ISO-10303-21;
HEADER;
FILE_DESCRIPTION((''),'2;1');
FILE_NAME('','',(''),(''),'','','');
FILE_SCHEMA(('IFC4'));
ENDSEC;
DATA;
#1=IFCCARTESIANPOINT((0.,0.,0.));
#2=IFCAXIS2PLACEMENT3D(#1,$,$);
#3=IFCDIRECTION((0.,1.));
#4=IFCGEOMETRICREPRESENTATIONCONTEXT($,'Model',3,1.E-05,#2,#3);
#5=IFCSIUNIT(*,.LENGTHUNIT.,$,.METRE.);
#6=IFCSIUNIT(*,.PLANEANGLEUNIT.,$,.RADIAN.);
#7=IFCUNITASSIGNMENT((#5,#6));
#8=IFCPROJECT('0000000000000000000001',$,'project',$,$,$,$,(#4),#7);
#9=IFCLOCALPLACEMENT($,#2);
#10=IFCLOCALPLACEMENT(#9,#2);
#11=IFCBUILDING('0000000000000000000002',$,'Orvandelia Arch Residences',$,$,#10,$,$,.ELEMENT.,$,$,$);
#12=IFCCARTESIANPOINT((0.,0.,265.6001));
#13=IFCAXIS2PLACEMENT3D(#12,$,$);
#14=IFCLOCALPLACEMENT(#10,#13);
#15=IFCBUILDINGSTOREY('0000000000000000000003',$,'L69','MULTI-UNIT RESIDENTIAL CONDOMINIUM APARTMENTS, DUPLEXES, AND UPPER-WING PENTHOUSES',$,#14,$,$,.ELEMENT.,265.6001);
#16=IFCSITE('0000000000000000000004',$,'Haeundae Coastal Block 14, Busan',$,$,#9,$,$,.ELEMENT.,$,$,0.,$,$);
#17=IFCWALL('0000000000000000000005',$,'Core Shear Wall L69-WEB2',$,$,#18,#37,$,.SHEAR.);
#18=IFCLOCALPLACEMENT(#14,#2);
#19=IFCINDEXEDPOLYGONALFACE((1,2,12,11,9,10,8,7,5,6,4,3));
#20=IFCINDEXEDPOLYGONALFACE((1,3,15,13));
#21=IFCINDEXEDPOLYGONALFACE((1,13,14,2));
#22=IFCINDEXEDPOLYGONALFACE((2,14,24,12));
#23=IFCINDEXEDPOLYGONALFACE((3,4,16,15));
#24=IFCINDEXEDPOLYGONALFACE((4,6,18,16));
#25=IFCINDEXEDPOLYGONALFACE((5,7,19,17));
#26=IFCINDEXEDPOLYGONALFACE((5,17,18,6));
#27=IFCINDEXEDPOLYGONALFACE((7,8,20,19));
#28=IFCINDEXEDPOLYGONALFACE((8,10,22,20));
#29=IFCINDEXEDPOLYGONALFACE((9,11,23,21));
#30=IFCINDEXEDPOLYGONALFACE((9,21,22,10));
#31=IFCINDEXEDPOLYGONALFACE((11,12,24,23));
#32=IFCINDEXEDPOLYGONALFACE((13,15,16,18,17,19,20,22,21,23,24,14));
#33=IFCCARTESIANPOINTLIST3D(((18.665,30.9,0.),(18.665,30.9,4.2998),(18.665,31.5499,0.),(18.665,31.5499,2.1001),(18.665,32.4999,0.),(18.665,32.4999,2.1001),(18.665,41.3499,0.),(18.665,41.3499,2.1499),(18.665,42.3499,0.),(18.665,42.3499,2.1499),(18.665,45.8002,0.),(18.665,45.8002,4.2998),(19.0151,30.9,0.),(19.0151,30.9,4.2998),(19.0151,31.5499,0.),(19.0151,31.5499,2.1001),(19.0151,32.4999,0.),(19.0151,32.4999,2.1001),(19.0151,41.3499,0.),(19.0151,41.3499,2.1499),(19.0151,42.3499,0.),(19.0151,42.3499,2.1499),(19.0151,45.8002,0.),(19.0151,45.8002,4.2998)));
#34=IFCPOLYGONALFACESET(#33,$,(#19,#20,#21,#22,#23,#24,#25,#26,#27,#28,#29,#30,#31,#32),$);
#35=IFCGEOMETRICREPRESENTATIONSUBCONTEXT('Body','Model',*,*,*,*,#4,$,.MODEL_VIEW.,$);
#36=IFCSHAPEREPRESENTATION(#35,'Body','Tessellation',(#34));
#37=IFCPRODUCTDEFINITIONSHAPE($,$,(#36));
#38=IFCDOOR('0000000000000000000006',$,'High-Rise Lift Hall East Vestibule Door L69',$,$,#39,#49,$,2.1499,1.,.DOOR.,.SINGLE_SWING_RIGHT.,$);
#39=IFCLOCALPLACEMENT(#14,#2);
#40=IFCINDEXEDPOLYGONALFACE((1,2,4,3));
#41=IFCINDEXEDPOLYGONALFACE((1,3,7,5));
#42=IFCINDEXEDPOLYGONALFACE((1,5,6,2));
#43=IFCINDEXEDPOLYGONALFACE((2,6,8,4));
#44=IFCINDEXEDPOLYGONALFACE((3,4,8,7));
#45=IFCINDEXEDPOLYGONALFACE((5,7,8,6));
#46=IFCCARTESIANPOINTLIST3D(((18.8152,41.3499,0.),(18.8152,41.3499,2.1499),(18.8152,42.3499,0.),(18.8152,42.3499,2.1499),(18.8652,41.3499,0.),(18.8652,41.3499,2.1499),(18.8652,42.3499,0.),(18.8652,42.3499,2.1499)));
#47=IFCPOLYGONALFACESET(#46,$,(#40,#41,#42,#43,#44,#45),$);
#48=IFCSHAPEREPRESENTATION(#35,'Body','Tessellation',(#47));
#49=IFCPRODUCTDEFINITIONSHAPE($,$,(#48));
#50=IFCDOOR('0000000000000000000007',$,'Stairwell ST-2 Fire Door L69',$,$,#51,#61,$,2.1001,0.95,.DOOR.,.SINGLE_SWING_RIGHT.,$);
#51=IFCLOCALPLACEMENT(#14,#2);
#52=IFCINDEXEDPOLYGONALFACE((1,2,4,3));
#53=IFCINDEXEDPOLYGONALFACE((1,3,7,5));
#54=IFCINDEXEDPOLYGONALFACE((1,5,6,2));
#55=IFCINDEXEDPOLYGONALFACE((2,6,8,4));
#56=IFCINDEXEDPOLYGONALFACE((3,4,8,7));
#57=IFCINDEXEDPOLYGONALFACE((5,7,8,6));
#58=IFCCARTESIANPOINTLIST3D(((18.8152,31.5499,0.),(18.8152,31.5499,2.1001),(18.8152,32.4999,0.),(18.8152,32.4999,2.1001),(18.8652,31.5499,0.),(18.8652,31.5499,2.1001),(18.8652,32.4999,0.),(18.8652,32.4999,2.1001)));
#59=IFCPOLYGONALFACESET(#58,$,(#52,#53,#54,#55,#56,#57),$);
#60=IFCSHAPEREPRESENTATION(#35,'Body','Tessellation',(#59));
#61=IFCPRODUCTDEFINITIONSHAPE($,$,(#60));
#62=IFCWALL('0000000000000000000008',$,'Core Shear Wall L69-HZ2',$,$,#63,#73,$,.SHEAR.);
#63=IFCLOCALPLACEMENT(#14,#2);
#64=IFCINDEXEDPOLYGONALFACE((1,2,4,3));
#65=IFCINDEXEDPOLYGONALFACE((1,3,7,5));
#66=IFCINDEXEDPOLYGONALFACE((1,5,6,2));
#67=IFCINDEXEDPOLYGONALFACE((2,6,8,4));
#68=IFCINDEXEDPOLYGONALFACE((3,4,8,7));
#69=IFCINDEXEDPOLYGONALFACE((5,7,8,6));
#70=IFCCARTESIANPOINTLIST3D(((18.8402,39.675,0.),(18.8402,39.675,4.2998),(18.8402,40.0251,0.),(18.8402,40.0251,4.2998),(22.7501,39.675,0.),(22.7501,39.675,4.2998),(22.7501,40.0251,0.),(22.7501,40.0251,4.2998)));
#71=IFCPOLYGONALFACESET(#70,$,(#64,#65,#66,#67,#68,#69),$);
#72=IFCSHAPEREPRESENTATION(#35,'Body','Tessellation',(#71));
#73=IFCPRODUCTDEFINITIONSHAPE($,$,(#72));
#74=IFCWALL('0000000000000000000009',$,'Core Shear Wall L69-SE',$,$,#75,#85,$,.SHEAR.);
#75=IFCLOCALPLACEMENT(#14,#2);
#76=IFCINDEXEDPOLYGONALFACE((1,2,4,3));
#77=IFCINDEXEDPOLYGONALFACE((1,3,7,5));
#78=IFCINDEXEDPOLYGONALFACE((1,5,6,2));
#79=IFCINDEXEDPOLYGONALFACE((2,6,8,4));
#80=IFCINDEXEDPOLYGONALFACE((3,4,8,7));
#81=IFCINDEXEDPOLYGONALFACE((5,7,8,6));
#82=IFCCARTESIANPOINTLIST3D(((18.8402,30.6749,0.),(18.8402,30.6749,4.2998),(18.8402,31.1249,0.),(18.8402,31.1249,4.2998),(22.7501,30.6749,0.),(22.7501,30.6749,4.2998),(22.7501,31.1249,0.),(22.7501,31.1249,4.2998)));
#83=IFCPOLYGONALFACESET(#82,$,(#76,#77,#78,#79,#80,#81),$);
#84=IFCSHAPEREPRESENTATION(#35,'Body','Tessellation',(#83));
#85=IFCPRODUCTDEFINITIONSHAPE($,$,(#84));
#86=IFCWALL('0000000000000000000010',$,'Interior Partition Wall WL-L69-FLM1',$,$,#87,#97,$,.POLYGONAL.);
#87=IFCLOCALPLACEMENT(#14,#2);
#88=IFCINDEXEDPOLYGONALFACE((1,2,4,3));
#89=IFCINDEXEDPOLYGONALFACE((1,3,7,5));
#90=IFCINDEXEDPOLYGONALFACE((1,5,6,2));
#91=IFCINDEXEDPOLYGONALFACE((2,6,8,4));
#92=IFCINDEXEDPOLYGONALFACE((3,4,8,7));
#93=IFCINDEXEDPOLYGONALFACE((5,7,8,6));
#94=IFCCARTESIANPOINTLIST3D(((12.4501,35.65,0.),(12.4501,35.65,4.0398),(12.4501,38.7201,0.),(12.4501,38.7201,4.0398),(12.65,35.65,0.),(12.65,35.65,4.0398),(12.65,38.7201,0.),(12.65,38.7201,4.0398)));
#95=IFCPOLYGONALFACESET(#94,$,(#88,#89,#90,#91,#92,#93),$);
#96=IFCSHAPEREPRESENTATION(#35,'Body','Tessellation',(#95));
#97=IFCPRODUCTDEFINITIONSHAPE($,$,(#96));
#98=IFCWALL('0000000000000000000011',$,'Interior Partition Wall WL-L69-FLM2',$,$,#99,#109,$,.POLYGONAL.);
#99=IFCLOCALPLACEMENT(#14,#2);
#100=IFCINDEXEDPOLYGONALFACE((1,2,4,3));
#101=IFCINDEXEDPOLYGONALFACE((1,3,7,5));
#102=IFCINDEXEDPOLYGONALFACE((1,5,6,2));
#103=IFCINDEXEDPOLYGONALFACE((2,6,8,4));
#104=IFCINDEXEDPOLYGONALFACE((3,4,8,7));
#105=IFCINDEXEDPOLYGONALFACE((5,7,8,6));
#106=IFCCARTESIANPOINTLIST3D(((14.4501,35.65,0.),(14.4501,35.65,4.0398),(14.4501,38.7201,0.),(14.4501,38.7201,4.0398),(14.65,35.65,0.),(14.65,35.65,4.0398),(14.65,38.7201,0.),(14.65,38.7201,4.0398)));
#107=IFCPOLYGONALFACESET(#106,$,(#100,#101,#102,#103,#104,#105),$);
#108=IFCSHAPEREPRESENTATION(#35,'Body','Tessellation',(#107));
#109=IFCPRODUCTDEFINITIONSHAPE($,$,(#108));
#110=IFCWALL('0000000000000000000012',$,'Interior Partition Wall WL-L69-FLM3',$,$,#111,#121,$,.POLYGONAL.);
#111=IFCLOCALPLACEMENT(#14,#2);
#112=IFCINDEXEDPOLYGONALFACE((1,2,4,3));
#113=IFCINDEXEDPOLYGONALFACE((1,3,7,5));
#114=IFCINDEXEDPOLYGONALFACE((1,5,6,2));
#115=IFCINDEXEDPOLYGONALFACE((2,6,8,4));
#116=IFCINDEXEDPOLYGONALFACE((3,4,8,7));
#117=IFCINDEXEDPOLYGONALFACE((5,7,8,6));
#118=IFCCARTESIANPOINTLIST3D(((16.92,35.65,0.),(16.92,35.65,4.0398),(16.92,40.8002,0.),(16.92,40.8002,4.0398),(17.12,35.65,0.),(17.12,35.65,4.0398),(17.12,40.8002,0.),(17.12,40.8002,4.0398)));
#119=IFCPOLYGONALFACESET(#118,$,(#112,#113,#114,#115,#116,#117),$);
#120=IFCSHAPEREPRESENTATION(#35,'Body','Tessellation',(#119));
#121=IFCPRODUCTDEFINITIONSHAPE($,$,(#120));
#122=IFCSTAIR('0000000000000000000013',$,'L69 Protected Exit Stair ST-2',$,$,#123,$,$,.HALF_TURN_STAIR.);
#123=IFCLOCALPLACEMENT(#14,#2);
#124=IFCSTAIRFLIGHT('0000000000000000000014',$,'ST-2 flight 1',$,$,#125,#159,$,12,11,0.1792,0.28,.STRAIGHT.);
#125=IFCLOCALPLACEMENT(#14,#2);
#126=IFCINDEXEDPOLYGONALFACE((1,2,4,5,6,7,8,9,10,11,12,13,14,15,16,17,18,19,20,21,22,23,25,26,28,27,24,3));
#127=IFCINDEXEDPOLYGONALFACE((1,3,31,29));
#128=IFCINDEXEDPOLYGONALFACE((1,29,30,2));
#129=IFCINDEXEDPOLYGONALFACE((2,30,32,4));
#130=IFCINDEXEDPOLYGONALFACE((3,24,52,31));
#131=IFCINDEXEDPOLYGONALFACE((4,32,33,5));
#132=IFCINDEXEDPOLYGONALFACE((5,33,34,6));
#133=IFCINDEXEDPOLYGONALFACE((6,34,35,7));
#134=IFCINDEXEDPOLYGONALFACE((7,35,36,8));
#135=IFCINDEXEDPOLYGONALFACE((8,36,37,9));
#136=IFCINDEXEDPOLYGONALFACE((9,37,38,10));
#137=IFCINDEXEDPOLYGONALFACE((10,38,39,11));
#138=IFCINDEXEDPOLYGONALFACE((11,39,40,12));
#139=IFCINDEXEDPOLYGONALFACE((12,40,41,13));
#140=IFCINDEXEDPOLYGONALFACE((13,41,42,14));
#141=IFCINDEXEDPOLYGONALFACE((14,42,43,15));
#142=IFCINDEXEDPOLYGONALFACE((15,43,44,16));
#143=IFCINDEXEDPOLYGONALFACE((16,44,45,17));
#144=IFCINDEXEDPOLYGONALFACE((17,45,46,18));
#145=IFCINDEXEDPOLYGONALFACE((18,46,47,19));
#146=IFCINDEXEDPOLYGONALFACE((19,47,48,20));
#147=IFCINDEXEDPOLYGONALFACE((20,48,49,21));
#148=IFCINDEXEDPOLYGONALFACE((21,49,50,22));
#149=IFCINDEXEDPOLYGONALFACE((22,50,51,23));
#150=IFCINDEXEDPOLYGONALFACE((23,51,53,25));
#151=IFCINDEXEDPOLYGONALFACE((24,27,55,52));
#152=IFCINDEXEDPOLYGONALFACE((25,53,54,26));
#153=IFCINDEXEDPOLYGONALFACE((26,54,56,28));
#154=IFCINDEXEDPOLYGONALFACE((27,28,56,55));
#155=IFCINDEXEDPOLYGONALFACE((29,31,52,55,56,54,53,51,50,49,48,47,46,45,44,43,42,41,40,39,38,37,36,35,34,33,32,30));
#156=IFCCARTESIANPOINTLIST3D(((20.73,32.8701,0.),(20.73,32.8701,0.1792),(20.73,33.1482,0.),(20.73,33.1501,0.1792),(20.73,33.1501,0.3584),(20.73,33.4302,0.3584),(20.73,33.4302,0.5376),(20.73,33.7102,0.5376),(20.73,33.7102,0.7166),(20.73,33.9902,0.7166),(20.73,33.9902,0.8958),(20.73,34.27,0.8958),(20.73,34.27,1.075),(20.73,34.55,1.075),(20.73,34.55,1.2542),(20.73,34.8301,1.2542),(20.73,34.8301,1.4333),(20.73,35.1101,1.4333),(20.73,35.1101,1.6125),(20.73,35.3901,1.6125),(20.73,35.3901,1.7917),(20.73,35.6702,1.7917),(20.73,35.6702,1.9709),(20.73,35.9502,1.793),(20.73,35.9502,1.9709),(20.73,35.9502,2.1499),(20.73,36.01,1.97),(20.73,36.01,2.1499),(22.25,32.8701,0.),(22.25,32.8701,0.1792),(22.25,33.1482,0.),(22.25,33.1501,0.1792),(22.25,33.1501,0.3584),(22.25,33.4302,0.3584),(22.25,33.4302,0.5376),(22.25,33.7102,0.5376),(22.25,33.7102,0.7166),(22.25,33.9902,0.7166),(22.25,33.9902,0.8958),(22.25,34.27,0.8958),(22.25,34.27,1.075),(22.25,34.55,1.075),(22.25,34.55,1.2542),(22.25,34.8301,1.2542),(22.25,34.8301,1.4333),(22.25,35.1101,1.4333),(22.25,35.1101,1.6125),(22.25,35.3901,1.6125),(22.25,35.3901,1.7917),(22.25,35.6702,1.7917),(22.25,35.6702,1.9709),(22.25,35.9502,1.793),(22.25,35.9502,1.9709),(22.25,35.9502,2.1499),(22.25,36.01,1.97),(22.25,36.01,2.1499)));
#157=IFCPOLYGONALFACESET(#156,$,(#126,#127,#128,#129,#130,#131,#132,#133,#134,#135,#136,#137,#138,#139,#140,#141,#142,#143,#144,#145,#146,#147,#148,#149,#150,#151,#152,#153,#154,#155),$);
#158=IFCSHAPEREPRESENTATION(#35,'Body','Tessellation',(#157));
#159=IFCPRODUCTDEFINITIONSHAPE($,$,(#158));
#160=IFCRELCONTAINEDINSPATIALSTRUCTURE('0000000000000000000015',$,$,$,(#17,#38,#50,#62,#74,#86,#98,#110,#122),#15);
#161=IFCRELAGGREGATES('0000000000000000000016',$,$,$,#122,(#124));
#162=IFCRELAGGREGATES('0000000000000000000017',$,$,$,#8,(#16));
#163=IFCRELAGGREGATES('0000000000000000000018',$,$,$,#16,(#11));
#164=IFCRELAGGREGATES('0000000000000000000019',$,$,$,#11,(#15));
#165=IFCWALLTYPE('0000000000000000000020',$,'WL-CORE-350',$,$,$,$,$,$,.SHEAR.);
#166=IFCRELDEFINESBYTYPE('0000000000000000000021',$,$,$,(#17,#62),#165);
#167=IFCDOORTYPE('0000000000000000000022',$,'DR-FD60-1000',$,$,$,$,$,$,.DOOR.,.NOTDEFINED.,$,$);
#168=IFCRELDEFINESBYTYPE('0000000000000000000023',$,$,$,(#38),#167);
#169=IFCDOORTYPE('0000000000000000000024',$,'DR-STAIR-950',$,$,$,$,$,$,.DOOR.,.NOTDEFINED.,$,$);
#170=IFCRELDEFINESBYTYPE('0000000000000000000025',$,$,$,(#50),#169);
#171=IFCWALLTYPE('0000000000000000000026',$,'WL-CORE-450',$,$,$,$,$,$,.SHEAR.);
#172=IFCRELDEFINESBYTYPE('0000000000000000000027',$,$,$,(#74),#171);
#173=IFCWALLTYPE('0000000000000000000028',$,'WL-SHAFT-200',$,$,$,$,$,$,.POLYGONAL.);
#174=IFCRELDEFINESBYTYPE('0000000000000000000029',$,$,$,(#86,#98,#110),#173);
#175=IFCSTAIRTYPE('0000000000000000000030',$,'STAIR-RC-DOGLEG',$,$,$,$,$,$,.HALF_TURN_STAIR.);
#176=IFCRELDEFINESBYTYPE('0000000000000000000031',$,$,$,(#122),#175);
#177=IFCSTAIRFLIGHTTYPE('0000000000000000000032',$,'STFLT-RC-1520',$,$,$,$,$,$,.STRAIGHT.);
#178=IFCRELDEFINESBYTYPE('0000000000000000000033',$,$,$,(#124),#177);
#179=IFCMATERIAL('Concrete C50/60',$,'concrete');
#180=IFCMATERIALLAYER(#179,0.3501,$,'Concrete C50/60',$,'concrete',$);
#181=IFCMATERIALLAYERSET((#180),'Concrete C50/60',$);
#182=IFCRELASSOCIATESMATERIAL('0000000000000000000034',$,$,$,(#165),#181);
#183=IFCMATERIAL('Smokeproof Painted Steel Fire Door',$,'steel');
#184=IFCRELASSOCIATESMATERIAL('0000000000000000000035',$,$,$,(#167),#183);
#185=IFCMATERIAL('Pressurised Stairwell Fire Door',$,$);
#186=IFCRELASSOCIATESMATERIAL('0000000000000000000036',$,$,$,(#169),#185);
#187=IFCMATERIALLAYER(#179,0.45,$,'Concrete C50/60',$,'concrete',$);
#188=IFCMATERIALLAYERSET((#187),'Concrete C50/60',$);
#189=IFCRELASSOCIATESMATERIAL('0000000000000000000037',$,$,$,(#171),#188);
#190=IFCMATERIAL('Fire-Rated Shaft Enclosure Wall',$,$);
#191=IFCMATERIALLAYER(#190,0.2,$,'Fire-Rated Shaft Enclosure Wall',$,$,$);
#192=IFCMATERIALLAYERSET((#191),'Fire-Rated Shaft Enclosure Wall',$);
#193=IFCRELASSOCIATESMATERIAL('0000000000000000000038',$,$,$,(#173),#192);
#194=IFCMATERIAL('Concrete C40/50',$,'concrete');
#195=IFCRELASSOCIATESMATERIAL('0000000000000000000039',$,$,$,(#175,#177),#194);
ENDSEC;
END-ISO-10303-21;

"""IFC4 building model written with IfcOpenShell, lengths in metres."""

from ifc_helpers import new_model, si_unit, direction, frame, frame_2d, origin, place, context, subcontext, project, spatial, polyline, rectangle, outline, extrude, material, layer, layer_set, type_object, element, fill, aggregate, save


model = new_model("IFC4")

# Units and contexts
model_context = context("Model", 3, precision=1e-05, world=origin(), true_north=direction((0.0, 1.0)))
body_context = subcontext(model_context, "Body", "Model", "MODEL_VIEW")
ifc_project = project(units=[si_unit("LENGTHUNIT", "METRE"), si_unit("PLANEANGLEUNIT", "RADIAN")], contexts=[model_context])

# Site, building, storey
site_placement = place(None, origin())
site = spatial("IfcSite", under=ifc_project, at=site_placement, Name="Haeundae Coastal Block 14, Busan", CompositionType="ELEMENT", RefElevation=0.0)
building_placement = place(site_placement, origin())
building = spatial("IfcBuilding", under=site, at=building_placement, Name="Orvandelia Arch Residences", CompositionType="ELEMENT")
storey_placement = place(building_placement, frame((0.0, 0.0, 265.6001)))
storey = spatial("IfcBuildingStorey", under=building, at=storey_placement, Name="L69", Description="MULTI-UNIT RESIDENTIAL CONDOMINIUM APARTMENTS, DUPLEXES, AND UPPER-WING PENTHOUSES", CompositionType="ELEMENT", Elevation=265.6001)

# Shared definitions
ifc_material_1 = material(Name="Concrete C50/60", Category="concrete")

# Wall, openings, doors
ifc_layer_1 = layer(ifc_material_1, 0.3501, Name="Concrete C50/60", Category="concrete")
ifc_layer_set_1 = layer_set([ifc_layer_1], Name="Concrete C50/60")
wall_type_1 = type_object("IfcWallType", Name="WL-CORE-350", PredefinedType="SHEAR", material=ifc_layer_set_1)
wall_1_placement = place(storey_placement, frame((18.8401, 30.8999, 0.0), z_axis=(0.0, 0.0, 1.0), x_axis=(0.0, 1.0, 0.0)))
wall_1 = element("IfcWall", 1, at=wall_1_placement, inside=storey, type_object=wall_type_1, Name="Core Shear Wall L69-WEB2", PredefinedType="SHEAR", context=body_context, shape_type="SweptSolid", body=[
    extrude(rectangle(XDim=14.9001, YDim=0.3501, at=frame_2d((7.4502, 0.0))), origin(), (0.0, 0.0, 1.0), 4.2998),
])
opening_1_placement = place(wall_1_placement, frame((0.6499, 0.0, 0.0)))
opening_1 = element("IfcOpeningElement", 2, at=opening_1_placement, cuts=wall_1, PredefinedType="OPENING", context=body_context, shape_type="SweptSolid", body=[
    extrude(rectangle(XDim=0.95, YDim=2.1001, at=frame_2d((0.4751, 1.05))), frame((0.0, 0.1851, 0.0), z_axis=(0.0, -1.0, 0.0), x_axis=(1.0, 0.0, 0.0)), (0.0, 0.0, 1.0), 0.3701),
])
opening_2_placement = place(wall_1_placement, frame((10.45, 0.0, 0.0)))
opening_2 = element("IfcOpeningElement", 3, at=opening_2_placement, cuts=wall_1, PredefinedType="OPENING", context=body_context, shape_type="SweptSolid", body=[
    extrude(rectangle(XDim=1.0, YDim=2.1499, at=frame_2d((0.5, 1.075))), frame((0.0, 0.1851, 0.0), z_axis=(0.0, -1.0, 0.0), x_axis=(1.0, 0.0, 0.0)), (0.0, 0.0, 1.0), 0.3701),
])
ifc_material_2 = material(Name="Smokeproof Painted Steel Fire Door", Category="steel")
door_type_1 = type_object("IfcDoorType", Name="DR-FD60-1000", OperationType="NOTDEFINED", PredefinedType="DOOR", material=ifc_material_2)
door_1_placement = place(opening_2_placement, origin())
door_1 = element("IfcDoor", 4, at=door_1_placement, inside=storey, type_object=door_type_1, Name="High-Rise Lift Hall East Vestibule Door L69", OperationType="SINGLE_SWING_RIGHT", OverallHeight=2.1499, OverallWidth=1.0, PredefinedType="DOOR", context=body_context, shape_type="SweptSolid", body=[
    extrude(rectangle(XDim=1.0, YDim=2.1499, at=frame_2d((0.5, 1.075))), frame((0.0, 0.0249, 0.0), z_axis=(0.0, -1.0, 0.0), x_axis=(1.0, 0.0, 0.0)), (0.0, 0.0, 1.0), 0.05),
])
fill(opening_2, door_1)
ifc_material_3 = material(Name="Pressurised Stairwell Fire Door")
door_type_2 = type_object("IfcDoorType", Name="DR-STAIR-950", OperationType="NOTDEFINED", PredefinedType="DOOR", material=ifc_material_3)
door_2_placement = place(opening_1_placement, origin())
door_2 = element("IfcDoor", 5, at=door_2_placement, inside=storey, type_object=door_type_2, Name="Stairwell ST-2 Fire Door L69", OperationType="SINGLE_SWING_RIGHT", OverallHeight=2.1001, OverallWidth=0.95, PredefinedType="DOOR", context=body_context, shape_type="SweptSolid", body=[
    extrude(rectangle(XDim=0.95, YDim=2.1001, at=frame_2d((0.4751, 1.05))), frame((0.0, 0.0249, 0.0), z_axis=(0.0, -1.0, 0.0), x_axis=(1.0, 0.0, 0.0)), (0.0, 0.0, 1.0), 0.05),
])
fill(opening_1, door_2)

# Walls
wall_2_placement = place(storey_placement, frame((18.8401, 39.8501, 0.0), z_axis=(0.0, 0.0, 1.0), x_axis=(1.0, 0.0, 0.0)))
element("IfcWall", 6, at=wall_2_placement, inside=storey, type_object=wall_type_1, Name="Core Shear Wall L69-HZ2", PredefinedType="SHEAR", context=body_context, shape_type="SweptSolid", body=[
    extrude(rectangle(XDim=3.9099, YDim=0.3501, at=frame_2d((1.9551, 0.0))), origin(), (0.0, 0.0, 1.0), 4.2998),
])
ifc_layer_2 = layer(ifc_material_1, 0.45, Name="Concrete C50/60", Category="concrete")
ifc_layer_set_2 = layer_set([ifc_layer_2], Name="Concrete C50/60")
wall_type_2 = type_object("IfcWallType", Name="WL-CORE-450", PredefinedType="SHEAR", material=ifc_layer_set_2)
wall_3_placement = place(storey_placement, frame((18.8401, 30.8999, 0.0), z_axis=(0.0, 0.0, 1.0), x_axis=(1.0, 0.0, 0.0)))
element("IfcWall", 7, at=wall_3_placement, inside=storey, type_object=wall_type_2, Name="Core Shear Wall L69-SE", PredefinedType="SHEAR", context=body_context, shape_type="SweptSolid", body=[
    extrude(rectangle(XDim=3.9099, YDim=0.45, at=frame_2d((1.9551, 0.0))), origin(), (0.0, 0.0, 1.0), 4.2998),
])
ifc_material_4 = material(Name="Fire-Rated Shaft Enclosure Wall")
ifc_layer_3 = layer(ifc_material_4, 0.2, Name="Fire-Rated Shaft Enclosure Wall")
ifc_layer_set_3 = layer_set([ifc_layer_3], Name="Fire-Rated Shaft Enclosure Wall")
wall_type_3 = type_object("IfcWallType", Name="WL-SHAFT-200", PredefinedType="POLYGONAL", material=ifc_layer_set_3)
for number, where, z_axis, x_axis, name in (
    (8, (12.55, 35.6499, 0.0), (0.0, 0.0, 1.0), (0.0, 1.0, 0.0), "Interior Partition Wall WL-L69-FLM1"),
    (9, (14.55, 35.6499, 0.0), (0.0, 0.0, 1.0), (0.0, 1.0, 0.0), "Interior Partition Wall WL-L69-FLM2"),
):
    element("IfcWall", number, at=place(storey_placement, frame(where, z_axis=z_axis, x_axis=x_axis)), inside=storey, type_object=wall_type_3, Name=name, PredefinedType="POLYGONAL", context=body_context, shape_type="SweptSolid", body=[
        extrude(rectangle(XDim=3.0701, YDim=0.2, at=frame_2d((1.5352, 0.0))), origin(), (0.0, 0.0, 1.0), 4.0398),
    ])
wall_4_placement = place(storey_placement, frame((17.02, 35.6499, 0.0), z_axis=(0.0, 0.0, 1.0), x_axis=(0.0, 1.0, 0.0)))
element("IfcWall", 10, at=wall_4_placement, inside=storey, type_object=wall_type_3, Name="Interior Partition Wall WL-L69-FLM3", PredefinedType="POLYGONAL", context=body_context, shape_type="SweptSolid", body=[
    extrude(rectangle(XDim=5.1501, YDim=0.2, at=frame_2d((2.5752, 0.0))), origin(), (0.0, 0.0, 1.0), 4.0398),
])

# Stair, stair flight
ifc_material_5 = material(Name="Concrete C40/50", Category="concrete")
stair_type = type_object("IfcStairType", Name="STAIR-RC-DOGLEG", PredefinedType="HALF_TURN_STAIR", material=ifc_material_5)
stair_placement = place(storey_placement, origin())
stair = element("IfcStair", 11, at=stair_placement, inside=storey, type_object=stair_type, Name="L69 Protected Exit Stair ST-2", PredefinedType="HALF_TURN_STAIR")
stair_flight_type = type_object("IfcStairFlightType", Name="STFLT-RC-1520", PredefinedType="STRAIGHT", material=ifc_material_5)
stair_flight_1_placement = place(storey_placement, frame((21.49, 32.8701, 0.0), z_axis=(0.0, 0.0, 1.0), x_axis=(0.0, 1.0, 0.0)))
stair_flight_1 = element("IfcStairFlight", 12, at=stair_flight_1_placement, type_object=stair_flight_type, Name="ST-2 flight 1", NumberOfRisers=12, NumberOfTreads=11, PredefinedType="STRAIGHT", RiserHeight=0.1792, TreadLength=0.28, context=body_context, shape_type="SweptSolid", body=[
    extrude(outline(polyline([(0.0, 0.0), (0.0, 0.1792), (0.28, 0.1792), (0.28, 0.3584), (0.5601, 0.3584), (0.5601, 0.5376), (0.8401, 0.5376), (0.8401, 0.7166), (1.1201, 0.7166), (1.1201, 0.8958), (1.3999, 0.8958), (1.3999, 1.075), (1.6799, 1.075), (1.6799, 1.2542), (1.96, 1.2542), (1.96, 1.4333), (2.24, 1.4333), (2.24, 1.6125), (2.52, 1.6125), (2.52, 1.7917), (2.8, 1.7917), (2.8, 1.9709), (3.0801, 1.9709), (3.0801, 2.1499), (3.1399, 2.1499), (3.1399, 1.97), (3.0801, 1.793), (0.2781, 0.0), (0.0, 0.0)])), frame((0.0, 0.76, 0.0), z_axis=(0.0, -1.0, 0.0), x_axis=(1.0, 0.0, 0.0)), (0.0, 0.0, 1.0), 1.52),
])
aggregate(stair, [stair_flight_1])

save(model, "model.ifc")
